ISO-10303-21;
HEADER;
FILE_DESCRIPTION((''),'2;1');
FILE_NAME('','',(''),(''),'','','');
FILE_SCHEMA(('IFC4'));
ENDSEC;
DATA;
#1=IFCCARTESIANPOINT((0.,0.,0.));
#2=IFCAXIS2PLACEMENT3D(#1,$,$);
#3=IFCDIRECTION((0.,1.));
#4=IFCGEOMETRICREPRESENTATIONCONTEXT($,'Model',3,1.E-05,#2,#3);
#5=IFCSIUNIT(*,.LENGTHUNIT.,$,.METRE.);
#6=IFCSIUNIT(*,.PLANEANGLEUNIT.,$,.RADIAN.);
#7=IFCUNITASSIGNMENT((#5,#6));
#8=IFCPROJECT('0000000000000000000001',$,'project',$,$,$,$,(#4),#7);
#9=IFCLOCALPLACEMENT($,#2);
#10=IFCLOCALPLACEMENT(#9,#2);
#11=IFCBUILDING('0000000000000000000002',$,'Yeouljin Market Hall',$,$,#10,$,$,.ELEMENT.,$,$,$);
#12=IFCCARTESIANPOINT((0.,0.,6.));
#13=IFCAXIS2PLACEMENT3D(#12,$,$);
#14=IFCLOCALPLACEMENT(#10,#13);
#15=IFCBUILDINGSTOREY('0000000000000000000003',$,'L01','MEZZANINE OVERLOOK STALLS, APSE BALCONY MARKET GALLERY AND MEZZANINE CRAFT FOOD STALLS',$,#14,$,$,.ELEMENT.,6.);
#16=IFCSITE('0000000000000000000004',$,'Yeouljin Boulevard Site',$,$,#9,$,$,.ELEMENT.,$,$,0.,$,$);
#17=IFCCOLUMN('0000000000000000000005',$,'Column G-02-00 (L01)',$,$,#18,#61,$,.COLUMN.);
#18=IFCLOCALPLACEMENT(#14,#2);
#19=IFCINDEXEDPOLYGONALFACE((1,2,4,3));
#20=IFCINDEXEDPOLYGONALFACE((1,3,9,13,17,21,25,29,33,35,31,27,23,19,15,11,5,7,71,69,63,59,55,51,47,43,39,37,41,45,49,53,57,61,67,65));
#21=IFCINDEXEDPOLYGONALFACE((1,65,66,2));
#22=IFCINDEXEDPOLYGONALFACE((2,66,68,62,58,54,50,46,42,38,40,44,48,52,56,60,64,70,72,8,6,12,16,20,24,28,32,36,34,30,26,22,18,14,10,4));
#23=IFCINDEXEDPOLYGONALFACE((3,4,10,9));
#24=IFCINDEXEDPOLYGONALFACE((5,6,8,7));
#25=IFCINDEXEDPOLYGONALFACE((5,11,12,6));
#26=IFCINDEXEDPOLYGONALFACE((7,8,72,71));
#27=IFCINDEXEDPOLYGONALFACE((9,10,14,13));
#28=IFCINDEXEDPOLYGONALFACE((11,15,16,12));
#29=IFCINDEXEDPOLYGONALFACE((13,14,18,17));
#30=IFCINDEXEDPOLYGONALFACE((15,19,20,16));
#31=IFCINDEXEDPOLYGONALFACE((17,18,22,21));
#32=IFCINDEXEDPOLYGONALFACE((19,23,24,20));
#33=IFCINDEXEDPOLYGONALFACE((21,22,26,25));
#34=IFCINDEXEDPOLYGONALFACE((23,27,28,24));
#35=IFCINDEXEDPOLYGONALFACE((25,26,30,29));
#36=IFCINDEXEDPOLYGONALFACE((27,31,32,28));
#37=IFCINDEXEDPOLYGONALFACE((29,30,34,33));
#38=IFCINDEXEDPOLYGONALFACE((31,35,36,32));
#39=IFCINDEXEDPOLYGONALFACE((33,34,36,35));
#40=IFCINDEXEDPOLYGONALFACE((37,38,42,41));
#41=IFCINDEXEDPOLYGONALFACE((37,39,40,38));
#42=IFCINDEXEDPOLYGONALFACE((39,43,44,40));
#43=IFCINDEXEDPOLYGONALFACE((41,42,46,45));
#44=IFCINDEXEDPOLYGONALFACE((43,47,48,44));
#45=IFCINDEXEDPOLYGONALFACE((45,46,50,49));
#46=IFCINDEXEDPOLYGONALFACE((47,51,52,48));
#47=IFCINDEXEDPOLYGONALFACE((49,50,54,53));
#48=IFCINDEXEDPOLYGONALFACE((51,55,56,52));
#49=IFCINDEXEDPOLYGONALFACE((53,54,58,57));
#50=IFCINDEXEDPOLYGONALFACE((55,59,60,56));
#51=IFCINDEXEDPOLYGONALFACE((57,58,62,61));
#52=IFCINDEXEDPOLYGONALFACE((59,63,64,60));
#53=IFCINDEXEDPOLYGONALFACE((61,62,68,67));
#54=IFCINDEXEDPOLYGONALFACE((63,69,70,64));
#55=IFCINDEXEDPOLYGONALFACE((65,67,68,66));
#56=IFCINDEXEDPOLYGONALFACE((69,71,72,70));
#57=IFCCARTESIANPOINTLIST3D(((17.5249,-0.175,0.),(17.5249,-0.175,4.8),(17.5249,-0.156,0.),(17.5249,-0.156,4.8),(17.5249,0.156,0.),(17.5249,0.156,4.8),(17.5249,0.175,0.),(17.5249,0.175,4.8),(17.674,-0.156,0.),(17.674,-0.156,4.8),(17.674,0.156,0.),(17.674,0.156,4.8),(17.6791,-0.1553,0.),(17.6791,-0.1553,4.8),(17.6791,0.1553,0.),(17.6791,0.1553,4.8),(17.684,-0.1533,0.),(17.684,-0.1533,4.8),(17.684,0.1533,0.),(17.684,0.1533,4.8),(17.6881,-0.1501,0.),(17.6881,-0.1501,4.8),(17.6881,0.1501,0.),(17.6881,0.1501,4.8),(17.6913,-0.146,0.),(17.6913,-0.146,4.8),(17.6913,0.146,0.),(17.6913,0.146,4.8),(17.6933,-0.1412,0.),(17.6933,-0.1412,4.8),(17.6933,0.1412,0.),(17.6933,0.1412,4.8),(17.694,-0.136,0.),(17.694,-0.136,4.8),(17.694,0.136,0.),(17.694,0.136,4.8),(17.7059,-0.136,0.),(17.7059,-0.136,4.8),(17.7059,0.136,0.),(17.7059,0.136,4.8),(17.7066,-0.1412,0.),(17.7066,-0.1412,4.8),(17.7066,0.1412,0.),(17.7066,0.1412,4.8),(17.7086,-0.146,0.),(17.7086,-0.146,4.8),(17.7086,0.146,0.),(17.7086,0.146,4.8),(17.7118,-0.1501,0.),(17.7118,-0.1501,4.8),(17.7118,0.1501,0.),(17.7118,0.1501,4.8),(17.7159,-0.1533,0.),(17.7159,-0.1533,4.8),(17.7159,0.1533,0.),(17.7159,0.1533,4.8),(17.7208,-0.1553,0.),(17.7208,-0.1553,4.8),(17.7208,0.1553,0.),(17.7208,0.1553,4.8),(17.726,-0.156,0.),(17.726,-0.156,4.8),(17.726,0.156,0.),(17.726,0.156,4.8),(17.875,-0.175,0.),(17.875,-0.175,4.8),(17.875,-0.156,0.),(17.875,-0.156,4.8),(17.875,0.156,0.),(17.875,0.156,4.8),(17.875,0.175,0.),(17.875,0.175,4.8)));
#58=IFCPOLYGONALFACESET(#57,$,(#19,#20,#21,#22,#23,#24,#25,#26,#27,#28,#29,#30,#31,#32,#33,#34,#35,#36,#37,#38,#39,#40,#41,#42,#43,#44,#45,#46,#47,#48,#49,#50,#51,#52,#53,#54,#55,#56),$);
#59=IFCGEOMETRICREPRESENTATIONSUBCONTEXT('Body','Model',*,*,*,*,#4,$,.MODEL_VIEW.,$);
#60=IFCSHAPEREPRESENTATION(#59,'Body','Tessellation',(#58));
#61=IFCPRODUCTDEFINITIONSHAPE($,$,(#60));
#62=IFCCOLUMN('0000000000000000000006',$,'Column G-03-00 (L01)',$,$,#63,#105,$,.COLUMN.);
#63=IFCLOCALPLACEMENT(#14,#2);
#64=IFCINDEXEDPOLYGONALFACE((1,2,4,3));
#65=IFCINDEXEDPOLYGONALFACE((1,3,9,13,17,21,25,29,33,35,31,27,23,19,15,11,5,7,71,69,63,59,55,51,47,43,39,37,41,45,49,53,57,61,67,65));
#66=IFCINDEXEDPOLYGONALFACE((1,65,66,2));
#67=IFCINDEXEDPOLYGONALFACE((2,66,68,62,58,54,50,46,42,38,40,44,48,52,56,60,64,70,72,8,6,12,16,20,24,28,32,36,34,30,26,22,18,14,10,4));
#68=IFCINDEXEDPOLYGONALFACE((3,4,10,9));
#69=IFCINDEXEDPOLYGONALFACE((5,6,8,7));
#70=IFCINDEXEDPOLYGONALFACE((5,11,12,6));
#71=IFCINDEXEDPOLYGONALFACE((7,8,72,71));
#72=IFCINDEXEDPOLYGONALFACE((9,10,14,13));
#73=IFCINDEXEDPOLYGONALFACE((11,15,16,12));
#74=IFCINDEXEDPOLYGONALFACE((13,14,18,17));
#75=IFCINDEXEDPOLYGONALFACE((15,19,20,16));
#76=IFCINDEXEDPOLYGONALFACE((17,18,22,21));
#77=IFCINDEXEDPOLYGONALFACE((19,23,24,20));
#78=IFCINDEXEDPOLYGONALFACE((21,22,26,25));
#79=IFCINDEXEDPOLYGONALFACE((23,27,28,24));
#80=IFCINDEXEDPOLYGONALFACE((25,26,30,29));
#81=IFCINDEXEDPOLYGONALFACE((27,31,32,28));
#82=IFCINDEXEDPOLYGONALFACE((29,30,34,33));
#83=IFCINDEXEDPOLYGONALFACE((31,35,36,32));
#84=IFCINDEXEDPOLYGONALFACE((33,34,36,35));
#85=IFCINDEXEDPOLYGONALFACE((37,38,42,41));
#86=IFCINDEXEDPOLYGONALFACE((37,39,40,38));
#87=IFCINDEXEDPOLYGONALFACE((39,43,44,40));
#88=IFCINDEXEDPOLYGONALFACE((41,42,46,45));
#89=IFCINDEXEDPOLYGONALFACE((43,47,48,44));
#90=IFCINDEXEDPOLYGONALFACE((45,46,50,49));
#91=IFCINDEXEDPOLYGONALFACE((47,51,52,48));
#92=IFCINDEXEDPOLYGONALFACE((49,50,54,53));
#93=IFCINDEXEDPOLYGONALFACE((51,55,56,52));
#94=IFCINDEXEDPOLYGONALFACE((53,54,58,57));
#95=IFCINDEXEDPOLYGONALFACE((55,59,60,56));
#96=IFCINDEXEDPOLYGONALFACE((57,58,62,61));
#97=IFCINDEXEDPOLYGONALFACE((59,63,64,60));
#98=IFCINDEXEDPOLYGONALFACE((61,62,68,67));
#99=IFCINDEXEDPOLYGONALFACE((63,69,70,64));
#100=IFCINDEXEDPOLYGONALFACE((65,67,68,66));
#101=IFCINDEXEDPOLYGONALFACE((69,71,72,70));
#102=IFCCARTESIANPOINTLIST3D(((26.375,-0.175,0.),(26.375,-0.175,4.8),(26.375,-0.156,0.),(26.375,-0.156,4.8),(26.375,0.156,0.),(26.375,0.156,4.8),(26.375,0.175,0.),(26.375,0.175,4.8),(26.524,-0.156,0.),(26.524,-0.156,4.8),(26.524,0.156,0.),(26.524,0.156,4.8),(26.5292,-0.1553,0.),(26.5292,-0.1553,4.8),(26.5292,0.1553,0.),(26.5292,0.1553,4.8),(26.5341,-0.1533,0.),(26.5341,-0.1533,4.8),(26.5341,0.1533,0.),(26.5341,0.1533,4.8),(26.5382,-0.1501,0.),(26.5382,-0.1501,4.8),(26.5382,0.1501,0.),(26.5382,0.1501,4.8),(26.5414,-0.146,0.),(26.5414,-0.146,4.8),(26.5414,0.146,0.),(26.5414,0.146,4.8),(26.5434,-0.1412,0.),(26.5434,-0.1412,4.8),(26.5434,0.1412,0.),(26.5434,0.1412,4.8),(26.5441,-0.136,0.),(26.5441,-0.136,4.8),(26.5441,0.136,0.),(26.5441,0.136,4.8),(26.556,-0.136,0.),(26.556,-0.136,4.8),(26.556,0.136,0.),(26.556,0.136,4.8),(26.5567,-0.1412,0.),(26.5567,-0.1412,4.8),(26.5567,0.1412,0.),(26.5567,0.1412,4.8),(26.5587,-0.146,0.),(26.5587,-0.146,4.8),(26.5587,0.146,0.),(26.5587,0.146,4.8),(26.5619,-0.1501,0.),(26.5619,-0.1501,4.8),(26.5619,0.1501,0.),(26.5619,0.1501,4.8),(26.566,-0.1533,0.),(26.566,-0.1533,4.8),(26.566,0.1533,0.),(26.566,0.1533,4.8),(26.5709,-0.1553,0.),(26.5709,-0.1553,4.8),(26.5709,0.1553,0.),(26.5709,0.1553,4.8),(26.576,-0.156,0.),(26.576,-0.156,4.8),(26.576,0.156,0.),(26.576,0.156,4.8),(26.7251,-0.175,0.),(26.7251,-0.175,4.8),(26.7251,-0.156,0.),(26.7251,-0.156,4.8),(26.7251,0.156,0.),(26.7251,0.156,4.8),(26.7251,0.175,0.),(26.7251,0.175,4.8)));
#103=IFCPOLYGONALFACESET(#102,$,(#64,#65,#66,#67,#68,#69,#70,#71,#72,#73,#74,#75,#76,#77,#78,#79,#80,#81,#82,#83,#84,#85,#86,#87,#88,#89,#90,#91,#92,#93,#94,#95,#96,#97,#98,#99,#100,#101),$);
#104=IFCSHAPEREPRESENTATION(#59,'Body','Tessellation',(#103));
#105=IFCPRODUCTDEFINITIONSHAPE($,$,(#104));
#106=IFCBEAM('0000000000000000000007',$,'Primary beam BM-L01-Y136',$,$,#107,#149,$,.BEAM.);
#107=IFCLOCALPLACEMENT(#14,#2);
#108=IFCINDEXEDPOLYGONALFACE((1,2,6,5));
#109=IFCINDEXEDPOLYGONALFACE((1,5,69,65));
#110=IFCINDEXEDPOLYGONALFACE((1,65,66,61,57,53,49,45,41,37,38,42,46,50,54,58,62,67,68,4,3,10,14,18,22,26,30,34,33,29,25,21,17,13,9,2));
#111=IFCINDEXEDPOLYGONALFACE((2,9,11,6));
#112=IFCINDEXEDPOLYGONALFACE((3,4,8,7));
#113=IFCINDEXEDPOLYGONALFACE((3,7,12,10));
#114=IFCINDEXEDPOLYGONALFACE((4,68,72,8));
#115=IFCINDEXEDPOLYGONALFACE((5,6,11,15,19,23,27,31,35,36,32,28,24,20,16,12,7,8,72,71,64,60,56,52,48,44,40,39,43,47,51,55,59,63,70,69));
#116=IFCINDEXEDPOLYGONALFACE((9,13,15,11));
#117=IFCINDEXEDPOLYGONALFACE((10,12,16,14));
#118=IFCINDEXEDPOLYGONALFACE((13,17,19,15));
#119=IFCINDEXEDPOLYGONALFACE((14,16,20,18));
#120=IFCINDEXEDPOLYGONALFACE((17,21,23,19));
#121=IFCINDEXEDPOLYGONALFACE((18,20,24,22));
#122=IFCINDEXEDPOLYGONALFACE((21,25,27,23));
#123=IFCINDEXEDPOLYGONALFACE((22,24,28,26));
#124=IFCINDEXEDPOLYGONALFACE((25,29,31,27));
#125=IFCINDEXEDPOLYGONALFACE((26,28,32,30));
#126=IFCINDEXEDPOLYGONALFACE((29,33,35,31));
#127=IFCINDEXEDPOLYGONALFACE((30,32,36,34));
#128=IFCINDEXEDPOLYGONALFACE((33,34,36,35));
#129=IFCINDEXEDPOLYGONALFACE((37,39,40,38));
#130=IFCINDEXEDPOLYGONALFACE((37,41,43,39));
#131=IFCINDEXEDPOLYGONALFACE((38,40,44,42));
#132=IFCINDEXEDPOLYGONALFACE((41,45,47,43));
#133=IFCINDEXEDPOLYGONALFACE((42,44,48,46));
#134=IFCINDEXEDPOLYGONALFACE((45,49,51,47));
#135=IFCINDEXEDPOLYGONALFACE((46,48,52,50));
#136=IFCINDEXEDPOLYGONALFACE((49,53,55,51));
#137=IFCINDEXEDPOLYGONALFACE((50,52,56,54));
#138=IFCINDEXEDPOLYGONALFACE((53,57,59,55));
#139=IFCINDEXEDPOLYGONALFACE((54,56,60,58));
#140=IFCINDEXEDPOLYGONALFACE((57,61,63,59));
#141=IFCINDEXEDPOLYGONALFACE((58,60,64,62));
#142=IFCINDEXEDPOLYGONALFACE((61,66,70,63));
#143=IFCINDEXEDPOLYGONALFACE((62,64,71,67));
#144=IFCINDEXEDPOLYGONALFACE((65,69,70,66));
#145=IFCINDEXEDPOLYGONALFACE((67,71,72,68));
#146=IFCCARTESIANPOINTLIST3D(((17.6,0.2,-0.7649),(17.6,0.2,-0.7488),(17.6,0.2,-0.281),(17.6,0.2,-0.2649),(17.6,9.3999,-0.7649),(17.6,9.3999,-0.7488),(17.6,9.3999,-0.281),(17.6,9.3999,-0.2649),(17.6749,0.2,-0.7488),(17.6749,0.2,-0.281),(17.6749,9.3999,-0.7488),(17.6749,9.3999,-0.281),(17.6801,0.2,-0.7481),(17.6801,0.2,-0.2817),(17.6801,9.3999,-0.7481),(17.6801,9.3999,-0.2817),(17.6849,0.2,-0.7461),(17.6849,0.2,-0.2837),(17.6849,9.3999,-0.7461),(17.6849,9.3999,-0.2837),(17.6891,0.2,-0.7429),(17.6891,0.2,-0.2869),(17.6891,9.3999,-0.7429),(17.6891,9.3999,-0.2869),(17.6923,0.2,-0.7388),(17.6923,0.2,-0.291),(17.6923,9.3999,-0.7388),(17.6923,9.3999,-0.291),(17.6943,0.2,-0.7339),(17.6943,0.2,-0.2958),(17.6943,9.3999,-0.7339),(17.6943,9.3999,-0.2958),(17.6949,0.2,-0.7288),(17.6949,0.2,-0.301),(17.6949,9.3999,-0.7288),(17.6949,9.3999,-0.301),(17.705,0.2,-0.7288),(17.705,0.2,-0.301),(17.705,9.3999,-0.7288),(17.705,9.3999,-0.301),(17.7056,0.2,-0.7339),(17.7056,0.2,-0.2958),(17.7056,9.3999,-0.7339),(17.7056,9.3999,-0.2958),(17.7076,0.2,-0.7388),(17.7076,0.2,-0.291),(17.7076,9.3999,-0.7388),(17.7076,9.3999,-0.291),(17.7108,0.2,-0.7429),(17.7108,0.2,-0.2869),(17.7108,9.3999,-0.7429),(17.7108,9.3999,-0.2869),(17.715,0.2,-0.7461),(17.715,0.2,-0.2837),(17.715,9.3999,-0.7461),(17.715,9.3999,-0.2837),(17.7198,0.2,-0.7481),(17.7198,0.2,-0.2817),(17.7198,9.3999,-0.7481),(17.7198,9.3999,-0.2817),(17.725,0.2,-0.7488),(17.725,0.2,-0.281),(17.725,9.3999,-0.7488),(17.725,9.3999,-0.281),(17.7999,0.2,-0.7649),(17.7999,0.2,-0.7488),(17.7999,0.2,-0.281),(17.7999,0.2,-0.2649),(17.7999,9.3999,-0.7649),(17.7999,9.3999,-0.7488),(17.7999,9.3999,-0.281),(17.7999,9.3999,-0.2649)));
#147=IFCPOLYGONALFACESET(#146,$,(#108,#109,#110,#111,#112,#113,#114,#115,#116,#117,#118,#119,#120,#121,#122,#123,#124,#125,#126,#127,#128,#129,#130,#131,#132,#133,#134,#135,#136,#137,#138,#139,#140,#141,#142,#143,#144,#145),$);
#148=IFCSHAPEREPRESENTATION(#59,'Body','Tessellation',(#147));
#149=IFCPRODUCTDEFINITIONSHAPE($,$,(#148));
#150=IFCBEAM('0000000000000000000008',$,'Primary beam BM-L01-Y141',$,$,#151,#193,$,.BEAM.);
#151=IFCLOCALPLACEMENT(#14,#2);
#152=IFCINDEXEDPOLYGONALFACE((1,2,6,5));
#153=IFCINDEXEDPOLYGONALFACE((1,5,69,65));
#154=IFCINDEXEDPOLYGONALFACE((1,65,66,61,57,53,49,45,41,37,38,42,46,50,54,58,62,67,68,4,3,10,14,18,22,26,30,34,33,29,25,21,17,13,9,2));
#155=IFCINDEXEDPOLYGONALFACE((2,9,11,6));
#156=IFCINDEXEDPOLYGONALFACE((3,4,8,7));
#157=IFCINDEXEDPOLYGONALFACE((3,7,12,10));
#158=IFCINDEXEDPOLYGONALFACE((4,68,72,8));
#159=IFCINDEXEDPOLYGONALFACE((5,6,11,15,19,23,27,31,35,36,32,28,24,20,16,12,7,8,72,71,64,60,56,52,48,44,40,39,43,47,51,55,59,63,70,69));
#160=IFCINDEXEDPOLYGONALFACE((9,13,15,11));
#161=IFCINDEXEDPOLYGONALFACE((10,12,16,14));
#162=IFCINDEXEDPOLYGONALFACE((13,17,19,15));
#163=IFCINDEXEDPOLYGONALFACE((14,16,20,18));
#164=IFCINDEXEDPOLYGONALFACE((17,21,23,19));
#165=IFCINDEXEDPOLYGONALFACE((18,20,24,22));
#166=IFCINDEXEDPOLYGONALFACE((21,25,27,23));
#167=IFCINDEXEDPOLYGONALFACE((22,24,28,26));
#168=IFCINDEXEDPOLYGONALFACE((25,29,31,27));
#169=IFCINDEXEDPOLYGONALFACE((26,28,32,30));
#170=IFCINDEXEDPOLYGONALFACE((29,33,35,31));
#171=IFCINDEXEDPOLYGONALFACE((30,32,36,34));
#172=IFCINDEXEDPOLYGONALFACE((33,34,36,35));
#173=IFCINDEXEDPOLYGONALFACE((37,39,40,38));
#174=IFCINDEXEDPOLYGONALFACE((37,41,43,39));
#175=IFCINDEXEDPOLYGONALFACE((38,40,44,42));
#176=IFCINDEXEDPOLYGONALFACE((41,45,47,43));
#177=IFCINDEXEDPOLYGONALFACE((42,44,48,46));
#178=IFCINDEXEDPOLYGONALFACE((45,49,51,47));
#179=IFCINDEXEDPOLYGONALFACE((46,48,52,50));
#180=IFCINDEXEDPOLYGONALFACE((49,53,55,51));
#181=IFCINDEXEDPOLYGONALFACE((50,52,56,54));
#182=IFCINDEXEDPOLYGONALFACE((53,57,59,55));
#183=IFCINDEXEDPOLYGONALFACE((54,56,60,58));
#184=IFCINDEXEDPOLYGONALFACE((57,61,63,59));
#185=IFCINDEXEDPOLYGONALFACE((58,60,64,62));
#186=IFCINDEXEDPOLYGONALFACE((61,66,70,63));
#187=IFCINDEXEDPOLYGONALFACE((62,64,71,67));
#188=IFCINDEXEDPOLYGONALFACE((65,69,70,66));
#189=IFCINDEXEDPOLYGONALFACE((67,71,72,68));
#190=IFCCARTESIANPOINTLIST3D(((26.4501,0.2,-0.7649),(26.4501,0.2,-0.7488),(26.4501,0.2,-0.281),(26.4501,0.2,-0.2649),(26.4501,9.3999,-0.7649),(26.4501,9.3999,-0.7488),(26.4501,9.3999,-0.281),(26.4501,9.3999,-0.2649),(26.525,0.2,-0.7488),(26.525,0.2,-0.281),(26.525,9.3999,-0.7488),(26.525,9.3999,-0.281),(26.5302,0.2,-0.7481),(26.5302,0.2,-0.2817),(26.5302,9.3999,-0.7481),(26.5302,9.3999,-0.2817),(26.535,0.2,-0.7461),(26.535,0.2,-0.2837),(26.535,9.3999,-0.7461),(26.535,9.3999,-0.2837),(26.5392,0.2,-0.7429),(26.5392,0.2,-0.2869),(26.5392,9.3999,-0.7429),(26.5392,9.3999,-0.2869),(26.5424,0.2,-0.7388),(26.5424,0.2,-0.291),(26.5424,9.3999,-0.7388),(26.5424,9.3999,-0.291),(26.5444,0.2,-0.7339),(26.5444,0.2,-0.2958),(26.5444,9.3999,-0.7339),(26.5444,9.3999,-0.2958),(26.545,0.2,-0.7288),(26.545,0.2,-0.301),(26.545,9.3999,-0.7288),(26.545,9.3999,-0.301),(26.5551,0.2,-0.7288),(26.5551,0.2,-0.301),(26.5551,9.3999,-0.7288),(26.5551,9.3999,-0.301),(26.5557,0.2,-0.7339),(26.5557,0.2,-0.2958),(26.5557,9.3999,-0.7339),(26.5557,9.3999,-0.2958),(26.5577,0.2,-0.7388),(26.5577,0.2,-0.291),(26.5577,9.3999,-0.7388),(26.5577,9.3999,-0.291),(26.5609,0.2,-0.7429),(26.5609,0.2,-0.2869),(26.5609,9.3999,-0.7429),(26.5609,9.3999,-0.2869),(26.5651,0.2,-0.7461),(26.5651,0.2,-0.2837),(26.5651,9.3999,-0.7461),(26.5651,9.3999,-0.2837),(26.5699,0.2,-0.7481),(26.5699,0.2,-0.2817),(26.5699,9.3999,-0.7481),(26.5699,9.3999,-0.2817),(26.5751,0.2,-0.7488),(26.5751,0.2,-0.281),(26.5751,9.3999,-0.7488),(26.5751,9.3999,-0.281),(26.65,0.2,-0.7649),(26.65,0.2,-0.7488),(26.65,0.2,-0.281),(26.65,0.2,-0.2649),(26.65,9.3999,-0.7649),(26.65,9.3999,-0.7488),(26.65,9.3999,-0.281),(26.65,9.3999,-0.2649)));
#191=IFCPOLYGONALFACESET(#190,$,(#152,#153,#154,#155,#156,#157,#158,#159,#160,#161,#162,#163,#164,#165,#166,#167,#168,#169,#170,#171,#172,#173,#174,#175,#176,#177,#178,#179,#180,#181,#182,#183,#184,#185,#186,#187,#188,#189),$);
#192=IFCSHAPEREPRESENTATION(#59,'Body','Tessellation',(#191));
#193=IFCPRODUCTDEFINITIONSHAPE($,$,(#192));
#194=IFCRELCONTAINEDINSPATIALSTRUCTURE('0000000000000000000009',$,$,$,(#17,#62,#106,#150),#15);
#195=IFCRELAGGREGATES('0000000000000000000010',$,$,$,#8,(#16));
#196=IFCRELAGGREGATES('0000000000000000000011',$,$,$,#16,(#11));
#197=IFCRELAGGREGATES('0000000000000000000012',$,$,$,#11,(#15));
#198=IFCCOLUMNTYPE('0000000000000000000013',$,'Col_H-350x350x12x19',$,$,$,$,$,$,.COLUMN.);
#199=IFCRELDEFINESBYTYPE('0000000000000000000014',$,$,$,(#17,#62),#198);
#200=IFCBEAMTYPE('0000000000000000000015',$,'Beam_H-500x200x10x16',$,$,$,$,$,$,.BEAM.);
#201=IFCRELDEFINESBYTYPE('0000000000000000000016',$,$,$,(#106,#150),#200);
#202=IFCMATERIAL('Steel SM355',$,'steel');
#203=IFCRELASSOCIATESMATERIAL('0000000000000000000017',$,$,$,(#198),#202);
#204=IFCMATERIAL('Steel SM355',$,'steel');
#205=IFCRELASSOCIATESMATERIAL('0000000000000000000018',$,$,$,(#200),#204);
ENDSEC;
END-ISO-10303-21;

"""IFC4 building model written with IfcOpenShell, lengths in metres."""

from ifc_helpers import new_model, si_unit, direction, frame, origin, origin_2d, place, context, subcontext, project, spatial, i_section, extrude, material, material_profile, profile_set, type_object, element, save


model = new_model("IFC4")

# Units and contexts
model_context = context("Model", 3, precision=1e-05, world=origin(), true_north=direction((0.0, 1.0)))
body_context = subcontext(model_context, "Body", "Model", "MODEL_VIEW")
ifc_project = project(units=[si_unit("LENGTHUNIT", "METRE"), si_unit("PLANEANGLEUNIT", "RADIAN")], contexts=[model_context])

# Site, building, storey
site_placement = place(None, origin())
site = spatial("IfcSite", under=ifc_project, at=site_placement, Name="Yeouljin Boulevard Site", CompositionType="ELEMENT", RefElevation=0.0)
building_placement = place(site_placement, origin())
building = spatial("IfcBuilding", under=site, at=building_placement, Name="Yeouljin Market Hall", CompositionType="ELEMENT")
storey_placement = place(building_placement, frame((0.0, 0.0, 6.0)))
storey = spatial("IfcBuildingStorey", under=building, at=storey_placement, Name="L01", Description="MEZZANINE OVERLOOK STALLS, APSE BALCONY MARKET GALLERY AND MEZZANINE CRAFT FOOD STALLS", CompositionType="ELEMENT", Elevation=6.0)

# Columns
ifc_material_1 = material(Name="Steel SM355", Category="steel")
ifc_material_profile_1 = material_profile(ifc_material_1, i_section(OverallWidth=0.3501, OverallDepth=0.3501, WebThickness=0.012, FlangeThickness=0.019, FilletRadius=0.02, at=origin_2d()), Name="H-350x350x12x19")
ifc_profile_set_1 = profile_set([ifc_material_profile_1], Name="Steel SM355")
column_type = type_object("IfcColumnType", Name="Col_H-350x350x12x19", PredefinedType="COLUMN", material=ifc_profile_set_1)
for number, where, z_axis, x_axis, name in (
    (1, (17.7, 0.0, 0.0), (0.0, 0.0, 1.0), (1.0, 0.0, 0.0), "Column G-02-00 (L01)"),
    (2, (26.55, 0.0, 0.0), (0.0, 0.0, 1.0), (1.0, 0.0, 0.0), "Column G-03-00 (L01)"),
):
    element("IfcColumn", number, at=place(storey_placement, frame(where, z_axis=z_axis, x_axis=x_axis)), inside=storey, type_object=column_type, Name=name, PredefinedType="COLUMN", context=body_context, shape_type="SweptSolid", body=[
        extrude(i_section(OverallWidth=0.3501, OverallDepth=0.3501, WebThickness=0.012, FlangeThickness=0.019, FilletRadius=0.02, at=origin_2d()), origin(), (0.0, 0.0, 1.0), 4.8),
    ])

# Beams
ifc_material_2 = material(Name="Steel SM355", Category="steel")
ifc_material_profile_2 = material_profile(ifc_material_2, i_section(OverallWidth=0.2, OverallDepth=0.5, WebThickness=0.01, FlangeThickness=0.0161, FilletRadius=0.02, at=origin_2d()), Name="H-500x200x10x16")
ifc_profile_set_2 = profile_set([ifc_material_profile_2], Name="Steel SM355")
beam_type_1 = type_object("IfcBeamType", Name="Beam_H-500x200x10x16", PredefinedType="BEAM", material=ifc_profile_set_2)
for number, where, z_axis, x_axis, name in (
    (3, (17.7, 0.2, -0.5149), (0.0, 1.0, 0.0), (-1.0, 0.0, 0.0), "Primary beam BM-L01-Y136"),
    (4, (26.55, 0.2, -0.5149), (0.0, 1.0, 0.0), (-1.0, 0.0, 0.0), "Primary beam BM-L01-Y141"),
):
    element("IfcBeam", number, at=place(storey_placement, frame(where, z_axis=z_axis, x_axis=x_axis)), inside=storey, type_object=beam_type_1, Name=name, PredefinedType="BEAM", context=body_context, shape_type="SweptSolid", body=[
        extrude(i_section(OverallWidth=0.2, OverallDepth=0.5, WebThickness=0.01, FlangeThickness=0.0161, FilletRadius=0.02, at=origin_2d()), origin(), (0.0, 0.0, 1.0), 9.2),
    ])

save(model, "model.ifc")
